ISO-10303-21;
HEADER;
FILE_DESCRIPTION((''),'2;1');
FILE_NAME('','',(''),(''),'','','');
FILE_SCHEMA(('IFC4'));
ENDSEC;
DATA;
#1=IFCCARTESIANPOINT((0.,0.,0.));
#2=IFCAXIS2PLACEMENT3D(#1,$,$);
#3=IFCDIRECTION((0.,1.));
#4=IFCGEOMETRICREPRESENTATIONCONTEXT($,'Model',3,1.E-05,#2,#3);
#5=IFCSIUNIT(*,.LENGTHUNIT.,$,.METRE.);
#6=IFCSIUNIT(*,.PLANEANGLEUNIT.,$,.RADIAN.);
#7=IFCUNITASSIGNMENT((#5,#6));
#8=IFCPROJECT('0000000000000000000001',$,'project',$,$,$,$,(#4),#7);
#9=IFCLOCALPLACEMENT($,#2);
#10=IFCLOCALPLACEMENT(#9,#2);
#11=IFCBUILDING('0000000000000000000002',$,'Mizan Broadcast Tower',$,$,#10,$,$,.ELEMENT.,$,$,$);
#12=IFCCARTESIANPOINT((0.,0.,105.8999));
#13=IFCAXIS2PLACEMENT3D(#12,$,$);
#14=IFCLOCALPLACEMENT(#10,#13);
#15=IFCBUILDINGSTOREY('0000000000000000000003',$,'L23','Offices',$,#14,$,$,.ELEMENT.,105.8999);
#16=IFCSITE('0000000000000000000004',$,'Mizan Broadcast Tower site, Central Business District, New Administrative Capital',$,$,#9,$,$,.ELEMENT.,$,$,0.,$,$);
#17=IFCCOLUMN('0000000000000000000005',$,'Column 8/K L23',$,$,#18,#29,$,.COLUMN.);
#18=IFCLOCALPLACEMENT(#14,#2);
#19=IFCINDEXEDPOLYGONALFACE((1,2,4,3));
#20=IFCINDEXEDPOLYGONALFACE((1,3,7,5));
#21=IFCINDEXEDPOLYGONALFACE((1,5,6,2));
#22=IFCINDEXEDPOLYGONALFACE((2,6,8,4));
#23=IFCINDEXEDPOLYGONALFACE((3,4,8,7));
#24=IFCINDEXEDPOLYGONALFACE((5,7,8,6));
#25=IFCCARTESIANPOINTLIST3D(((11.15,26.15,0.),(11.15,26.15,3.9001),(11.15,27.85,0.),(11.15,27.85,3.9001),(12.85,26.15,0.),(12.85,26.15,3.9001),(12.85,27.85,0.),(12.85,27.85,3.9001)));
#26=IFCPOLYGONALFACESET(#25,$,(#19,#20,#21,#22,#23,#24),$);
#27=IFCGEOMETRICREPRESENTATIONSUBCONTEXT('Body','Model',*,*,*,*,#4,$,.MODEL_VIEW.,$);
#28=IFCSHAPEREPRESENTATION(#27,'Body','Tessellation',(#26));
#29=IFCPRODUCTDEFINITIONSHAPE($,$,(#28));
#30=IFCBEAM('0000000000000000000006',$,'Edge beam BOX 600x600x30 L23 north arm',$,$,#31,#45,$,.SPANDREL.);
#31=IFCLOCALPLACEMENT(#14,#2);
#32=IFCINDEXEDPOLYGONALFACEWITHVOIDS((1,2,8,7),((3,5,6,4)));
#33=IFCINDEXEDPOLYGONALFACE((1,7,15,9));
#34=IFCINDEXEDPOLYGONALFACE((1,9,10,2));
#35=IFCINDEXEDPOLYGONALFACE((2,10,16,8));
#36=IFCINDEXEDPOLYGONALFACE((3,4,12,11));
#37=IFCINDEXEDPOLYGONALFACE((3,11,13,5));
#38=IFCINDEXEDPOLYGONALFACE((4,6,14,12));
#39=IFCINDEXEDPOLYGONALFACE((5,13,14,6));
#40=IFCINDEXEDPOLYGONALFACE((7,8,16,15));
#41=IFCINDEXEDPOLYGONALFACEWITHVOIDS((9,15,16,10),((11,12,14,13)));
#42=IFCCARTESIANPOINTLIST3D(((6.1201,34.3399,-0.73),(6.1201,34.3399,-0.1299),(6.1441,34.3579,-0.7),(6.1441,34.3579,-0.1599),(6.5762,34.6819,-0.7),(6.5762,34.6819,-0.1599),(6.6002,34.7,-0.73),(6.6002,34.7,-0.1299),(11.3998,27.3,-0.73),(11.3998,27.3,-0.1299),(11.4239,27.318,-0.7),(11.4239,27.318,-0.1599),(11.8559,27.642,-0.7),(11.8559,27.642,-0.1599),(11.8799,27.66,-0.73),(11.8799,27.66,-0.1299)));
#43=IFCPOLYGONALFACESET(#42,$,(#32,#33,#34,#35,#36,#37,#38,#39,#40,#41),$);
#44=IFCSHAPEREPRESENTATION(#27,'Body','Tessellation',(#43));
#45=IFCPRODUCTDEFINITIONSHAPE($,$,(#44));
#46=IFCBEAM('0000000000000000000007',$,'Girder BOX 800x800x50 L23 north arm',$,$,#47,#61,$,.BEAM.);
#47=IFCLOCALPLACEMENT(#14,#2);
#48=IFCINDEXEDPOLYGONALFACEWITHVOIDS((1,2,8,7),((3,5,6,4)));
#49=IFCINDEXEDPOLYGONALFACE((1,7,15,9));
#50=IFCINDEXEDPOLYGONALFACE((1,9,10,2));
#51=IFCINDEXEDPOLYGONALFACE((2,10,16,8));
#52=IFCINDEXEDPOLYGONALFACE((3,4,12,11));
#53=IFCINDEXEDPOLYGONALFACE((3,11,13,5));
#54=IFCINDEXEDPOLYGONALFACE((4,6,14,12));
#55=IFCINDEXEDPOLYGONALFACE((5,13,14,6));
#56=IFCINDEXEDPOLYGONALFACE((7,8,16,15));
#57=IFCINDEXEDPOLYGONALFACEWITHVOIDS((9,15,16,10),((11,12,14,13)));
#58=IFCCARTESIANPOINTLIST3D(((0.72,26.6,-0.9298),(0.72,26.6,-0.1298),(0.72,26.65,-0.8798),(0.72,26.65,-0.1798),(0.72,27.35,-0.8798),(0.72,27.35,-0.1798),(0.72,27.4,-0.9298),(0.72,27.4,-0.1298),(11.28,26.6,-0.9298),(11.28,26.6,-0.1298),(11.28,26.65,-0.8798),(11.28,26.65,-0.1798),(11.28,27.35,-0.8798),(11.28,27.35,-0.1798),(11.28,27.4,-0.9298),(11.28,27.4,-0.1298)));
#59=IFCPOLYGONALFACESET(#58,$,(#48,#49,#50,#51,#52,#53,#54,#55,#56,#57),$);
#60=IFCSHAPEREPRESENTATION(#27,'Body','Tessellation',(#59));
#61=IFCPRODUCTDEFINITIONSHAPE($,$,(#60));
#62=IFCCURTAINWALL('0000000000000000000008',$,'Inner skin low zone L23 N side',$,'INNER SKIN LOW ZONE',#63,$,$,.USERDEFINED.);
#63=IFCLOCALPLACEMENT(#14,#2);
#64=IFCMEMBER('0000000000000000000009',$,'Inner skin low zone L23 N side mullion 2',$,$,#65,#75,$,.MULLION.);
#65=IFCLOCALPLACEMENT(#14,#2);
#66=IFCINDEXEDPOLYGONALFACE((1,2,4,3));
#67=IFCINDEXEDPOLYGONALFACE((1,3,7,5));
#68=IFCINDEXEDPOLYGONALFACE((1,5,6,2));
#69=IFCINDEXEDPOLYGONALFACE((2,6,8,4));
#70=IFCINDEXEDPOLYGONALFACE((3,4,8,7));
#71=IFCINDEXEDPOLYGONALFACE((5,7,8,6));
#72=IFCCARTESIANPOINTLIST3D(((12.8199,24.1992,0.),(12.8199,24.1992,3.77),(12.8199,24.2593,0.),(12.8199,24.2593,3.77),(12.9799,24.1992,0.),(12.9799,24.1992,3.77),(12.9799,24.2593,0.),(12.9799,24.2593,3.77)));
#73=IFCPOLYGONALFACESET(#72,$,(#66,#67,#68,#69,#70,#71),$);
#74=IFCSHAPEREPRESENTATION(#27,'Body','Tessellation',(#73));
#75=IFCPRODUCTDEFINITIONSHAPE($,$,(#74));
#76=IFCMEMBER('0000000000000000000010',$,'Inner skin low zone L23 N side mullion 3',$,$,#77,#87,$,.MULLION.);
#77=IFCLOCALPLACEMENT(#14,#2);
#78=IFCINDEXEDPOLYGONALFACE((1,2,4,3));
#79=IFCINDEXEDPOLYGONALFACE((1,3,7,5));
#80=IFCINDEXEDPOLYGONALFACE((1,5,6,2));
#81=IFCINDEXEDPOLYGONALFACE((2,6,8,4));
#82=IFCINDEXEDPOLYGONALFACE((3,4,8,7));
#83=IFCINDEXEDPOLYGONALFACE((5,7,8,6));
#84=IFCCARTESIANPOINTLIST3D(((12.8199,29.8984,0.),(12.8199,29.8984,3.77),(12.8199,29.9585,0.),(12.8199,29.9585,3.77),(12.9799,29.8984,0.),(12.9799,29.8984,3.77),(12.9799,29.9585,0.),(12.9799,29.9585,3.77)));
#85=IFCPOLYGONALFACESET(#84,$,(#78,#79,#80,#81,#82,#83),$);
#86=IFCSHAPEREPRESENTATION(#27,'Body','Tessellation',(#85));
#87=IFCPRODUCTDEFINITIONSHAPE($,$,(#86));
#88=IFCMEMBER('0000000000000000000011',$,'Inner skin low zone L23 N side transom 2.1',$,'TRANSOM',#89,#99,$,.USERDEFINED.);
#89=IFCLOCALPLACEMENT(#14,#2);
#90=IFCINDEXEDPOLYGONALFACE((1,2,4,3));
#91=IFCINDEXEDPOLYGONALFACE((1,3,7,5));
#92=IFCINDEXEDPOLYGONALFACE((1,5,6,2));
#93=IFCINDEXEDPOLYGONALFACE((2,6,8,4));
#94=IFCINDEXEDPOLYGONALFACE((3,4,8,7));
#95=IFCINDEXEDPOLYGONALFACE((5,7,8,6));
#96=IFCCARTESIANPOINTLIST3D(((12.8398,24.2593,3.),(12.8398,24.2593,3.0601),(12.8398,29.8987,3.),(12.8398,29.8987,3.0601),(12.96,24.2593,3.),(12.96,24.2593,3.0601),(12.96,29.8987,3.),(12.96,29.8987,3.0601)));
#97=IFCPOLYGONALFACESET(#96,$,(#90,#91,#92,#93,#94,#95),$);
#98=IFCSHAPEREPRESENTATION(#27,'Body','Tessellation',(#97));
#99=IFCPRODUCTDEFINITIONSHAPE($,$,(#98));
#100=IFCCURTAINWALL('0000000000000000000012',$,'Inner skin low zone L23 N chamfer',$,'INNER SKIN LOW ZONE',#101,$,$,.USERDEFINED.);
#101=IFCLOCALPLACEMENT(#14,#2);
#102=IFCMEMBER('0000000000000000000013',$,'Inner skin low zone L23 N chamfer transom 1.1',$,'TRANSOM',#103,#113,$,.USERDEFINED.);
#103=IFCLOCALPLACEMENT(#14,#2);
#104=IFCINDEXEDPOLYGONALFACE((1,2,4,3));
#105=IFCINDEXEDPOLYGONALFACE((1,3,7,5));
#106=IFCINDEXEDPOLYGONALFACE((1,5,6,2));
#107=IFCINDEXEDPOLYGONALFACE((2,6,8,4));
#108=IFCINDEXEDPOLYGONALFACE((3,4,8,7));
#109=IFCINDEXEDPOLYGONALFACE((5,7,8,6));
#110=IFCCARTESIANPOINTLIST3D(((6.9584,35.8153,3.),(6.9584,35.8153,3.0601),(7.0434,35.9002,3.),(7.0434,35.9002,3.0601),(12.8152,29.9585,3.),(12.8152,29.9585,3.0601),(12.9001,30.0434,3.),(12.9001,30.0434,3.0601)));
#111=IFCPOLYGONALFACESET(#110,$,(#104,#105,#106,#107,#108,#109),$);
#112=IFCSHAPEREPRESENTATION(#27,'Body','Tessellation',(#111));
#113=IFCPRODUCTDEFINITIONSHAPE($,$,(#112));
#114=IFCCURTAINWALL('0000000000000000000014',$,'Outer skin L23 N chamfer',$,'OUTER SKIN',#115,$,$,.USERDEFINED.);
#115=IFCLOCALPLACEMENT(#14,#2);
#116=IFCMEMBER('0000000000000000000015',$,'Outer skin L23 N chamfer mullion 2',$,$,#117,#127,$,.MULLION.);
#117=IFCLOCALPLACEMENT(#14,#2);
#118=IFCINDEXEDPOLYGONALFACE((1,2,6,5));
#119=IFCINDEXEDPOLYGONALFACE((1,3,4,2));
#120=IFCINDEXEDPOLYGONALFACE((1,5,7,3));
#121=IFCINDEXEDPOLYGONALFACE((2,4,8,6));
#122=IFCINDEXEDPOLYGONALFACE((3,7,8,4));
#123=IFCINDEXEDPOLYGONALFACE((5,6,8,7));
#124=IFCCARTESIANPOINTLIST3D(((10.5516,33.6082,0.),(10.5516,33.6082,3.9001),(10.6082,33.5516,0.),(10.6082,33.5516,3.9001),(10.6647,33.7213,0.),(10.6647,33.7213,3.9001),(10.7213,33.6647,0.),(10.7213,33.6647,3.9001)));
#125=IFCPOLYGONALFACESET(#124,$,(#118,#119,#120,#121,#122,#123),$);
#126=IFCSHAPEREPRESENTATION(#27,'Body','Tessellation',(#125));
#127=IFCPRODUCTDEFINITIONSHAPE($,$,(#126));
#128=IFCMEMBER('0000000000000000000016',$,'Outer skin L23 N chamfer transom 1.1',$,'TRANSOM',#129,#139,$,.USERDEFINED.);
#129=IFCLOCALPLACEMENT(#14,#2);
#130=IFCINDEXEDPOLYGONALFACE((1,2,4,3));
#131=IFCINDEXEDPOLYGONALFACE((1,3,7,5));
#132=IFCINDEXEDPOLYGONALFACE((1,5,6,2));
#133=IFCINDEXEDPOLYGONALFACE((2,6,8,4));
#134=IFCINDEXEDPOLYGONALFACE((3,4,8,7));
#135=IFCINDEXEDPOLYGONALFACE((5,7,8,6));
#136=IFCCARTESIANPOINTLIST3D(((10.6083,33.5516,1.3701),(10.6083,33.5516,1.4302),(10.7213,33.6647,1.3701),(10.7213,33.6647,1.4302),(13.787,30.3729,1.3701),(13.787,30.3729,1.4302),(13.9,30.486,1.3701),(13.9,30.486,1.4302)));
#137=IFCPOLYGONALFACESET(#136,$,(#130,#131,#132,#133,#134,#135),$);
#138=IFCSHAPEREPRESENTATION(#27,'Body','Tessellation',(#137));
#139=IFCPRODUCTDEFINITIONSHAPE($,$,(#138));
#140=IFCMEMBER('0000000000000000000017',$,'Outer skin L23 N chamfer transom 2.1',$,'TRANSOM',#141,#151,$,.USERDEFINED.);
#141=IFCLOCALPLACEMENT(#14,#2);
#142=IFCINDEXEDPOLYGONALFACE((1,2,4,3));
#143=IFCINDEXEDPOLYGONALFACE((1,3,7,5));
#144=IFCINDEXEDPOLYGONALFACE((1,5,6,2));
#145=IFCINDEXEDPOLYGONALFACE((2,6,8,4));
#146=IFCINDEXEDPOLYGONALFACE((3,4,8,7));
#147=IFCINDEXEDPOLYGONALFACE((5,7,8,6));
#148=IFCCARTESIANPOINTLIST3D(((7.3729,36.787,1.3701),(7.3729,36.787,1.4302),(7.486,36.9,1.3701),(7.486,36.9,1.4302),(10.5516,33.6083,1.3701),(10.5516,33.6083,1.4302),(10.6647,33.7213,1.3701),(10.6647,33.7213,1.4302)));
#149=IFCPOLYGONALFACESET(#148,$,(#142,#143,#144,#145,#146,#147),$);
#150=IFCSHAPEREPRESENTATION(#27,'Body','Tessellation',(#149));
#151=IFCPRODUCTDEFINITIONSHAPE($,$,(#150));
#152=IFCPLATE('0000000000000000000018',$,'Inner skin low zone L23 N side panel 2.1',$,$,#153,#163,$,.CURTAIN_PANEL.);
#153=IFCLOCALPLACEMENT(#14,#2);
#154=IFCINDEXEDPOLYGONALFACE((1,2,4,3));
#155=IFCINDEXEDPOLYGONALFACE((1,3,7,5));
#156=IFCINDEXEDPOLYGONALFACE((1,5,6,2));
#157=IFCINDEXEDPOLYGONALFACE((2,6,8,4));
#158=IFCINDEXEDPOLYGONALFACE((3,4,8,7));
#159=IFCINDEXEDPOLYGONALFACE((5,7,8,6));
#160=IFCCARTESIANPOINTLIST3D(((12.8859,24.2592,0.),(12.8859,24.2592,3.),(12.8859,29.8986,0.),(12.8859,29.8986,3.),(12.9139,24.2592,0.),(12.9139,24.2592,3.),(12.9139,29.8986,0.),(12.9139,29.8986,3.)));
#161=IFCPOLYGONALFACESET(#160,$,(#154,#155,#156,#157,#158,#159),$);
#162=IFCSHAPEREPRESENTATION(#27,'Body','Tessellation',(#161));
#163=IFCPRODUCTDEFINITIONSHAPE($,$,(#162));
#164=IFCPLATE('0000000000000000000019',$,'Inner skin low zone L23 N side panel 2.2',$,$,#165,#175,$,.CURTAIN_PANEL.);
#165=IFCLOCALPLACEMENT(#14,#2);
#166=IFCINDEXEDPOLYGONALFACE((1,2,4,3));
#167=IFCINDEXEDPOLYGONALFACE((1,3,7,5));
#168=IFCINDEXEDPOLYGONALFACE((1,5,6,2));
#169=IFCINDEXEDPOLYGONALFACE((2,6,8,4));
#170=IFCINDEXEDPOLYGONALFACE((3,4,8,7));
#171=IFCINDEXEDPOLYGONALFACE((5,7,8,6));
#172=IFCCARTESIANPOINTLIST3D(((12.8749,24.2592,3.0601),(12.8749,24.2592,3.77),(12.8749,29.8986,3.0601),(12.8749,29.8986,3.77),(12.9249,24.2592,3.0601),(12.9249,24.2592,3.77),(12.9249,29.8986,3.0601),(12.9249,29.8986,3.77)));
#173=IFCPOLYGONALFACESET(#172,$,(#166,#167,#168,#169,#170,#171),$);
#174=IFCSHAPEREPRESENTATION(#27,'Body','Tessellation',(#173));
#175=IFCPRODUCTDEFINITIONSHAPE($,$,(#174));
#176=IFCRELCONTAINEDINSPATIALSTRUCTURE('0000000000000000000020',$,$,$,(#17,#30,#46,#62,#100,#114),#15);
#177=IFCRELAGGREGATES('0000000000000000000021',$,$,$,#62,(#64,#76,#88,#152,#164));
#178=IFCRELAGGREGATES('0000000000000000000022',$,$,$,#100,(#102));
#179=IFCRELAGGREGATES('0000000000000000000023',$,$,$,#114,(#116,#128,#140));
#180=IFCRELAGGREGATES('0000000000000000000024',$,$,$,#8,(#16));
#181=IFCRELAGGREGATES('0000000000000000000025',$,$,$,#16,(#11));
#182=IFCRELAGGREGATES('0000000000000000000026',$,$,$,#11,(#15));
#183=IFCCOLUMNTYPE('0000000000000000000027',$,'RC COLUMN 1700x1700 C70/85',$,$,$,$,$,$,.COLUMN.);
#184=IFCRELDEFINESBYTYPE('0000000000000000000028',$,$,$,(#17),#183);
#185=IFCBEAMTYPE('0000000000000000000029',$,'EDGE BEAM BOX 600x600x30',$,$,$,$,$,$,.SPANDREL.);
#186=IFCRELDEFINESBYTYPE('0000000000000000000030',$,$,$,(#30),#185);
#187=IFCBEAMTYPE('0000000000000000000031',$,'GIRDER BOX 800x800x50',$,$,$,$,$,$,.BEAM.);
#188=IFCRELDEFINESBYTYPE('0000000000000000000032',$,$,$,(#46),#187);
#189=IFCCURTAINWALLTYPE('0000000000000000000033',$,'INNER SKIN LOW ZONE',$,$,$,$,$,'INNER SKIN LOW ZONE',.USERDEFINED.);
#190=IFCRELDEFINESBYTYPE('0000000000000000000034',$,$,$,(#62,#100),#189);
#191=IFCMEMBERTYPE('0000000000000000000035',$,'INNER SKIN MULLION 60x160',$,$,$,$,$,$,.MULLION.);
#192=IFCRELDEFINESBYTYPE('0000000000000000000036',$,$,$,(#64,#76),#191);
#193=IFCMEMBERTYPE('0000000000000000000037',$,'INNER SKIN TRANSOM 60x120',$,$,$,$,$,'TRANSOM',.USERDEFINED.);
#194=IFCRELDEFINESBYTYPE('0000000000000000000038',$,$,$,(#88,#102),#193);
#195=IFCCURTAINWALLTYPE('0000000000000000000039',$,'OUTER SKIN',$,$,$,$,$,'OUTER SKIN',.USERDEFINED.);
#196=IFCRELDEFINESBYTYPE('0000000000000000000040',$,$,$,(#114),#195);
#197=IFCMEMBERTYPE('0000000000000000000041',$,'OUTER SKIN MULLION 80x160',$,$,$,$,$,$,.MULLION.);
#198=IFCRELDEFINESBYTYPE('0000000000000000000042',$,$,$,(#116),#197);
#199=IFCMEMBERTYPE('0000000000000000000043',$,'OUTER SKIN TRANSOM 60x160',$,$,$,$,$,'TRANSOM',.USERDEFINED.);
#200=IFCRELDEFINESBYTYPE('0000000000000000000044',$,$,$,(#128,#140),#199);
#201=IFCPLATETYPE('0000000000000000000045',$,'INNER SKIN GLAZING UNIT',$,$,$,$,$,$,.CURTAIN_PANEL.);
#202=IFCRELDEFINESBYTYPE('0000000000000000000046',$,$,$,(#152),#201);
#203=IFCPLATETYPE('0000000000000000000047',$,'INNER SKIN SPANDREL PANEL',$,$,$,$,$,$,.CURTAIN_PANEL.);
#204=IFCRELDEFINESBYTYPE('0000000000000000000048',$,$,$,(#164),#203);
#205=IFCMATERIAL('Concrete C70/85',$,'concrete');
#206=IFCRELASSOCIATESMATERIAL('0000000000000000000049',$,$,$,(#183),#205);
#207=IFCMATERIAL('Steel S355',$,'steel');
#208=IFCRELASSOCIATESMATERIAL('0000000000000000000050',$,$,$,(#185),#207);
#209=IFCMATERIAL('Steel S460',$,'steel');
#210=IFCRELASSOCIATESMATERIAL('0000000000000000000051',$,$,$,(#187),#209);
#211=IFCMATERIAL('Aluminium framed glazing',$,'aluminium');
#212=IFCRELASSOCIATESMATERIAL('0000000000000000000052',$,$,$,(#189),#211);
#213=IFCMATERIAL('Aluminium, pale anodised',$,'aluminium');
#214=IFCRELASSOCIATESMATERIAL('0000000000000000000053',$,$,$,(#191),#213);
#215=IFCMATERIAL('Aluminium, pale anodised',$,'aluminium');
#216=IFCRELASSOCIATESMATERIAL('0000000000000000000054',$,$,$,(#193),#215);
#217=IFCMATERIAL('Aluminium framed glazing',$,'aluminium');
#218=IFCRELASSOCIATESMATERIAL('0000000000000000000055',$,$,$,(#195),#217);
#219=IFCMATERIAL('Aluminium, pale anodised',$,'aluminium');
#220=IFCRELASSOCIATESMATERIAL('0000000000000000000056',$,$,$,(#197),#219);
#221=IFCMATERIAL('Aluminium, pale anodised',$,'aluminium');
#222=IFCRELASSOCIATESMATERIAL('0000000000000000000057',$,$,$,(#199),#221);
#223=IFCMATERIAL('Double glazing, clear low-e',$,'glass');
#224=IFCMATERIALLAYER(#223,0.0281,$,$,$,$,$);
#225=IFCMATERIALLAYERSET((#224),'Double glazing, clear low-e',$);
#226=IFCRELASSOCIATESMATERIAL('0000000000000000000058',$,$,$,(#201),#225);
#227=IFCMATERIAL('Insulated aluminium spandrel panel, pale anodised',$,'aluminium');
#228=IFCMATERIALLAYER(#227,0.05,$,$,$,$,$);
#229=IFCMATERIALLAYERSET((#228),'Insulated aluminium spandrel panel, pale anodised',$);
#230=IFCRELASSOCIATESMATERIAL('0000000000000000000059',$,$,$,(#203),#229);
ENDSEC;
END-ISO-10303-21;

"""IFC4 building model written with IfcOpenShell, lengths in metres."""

from ifc_helpers import new_model, si_unit, direction, frame, origin, origin_2d, place, context, subcontext, project, spatial, rectangle, hollow_rectangle, extrude, material, layer, layer_set, material_profile, profile_set, type_object, element, aggregate, save


model = new_model("IFC4")

# Units and contexts
model_context = context("Model", 3, precision=1e-05, world=origin(), true_north=direction((0.0, 1.0)))
body_context = subcontext(model_context, "Body", "Model", "MODEL_VIEW")
ifc_project = project(units=[si_unit("LENGTHUNIT", "METRE"), si_unit("PLANEANGLEUNIT", "RADIAN")], contexts=[model_context])

# Site, building, storey
site_placement = place(None, origin())
site = spatial("IfcSite", under=ifc_project, at=site_placement, Name="Mizan Broadcast Tower site, Central Business District, New Administrative Capital", CompositionType="ELEMENT", RefElevation=0.0)
building_placement = place(site_placement, origin())
building = spatial("IfcBuilding", under=site, at=building_placement, Name="Mizan Broadcast Tower", CompositionType="ELEMENT")
storey_placement = place(building_placement, frame((0.0, 0.0, 105.8999)))
storey = spatial("IfcBuildingStorey", under=building, at=storey_placement, Name="L23", Description="Offices", CompositionType="ELEMENT", Elevation=105.8999)

# Column
ifc_material_1 = material(Name="Concrete C70/85", Category="concrete")
ifc_material_profile_1 = material_profile(ifc_material_1, rectangle(XDim=1.7, YDim=1.7, at=origin_2d()), Name="RC 1700x1700")
ifc_profile_set_1 = profile_set([ifc_material_profile_1], Name="Concrete C70/85")
column_type = type_object("IfcColumnType", Name="RC COLUMN 1700x1700 C70/85", PredefinedType="COLUMN", material=ifc_profile_set_1)
column_placement = place(storey_placement, frame((12.0, 27.0, 0.0), z_axis=(0.0, 0.0, 1.0), x_axis=(1.0, 0.0, 0.0)))
element("IfcColumn", 1, at=column_placement, inside=storey, type_object=column_type, Name="Column 8/K L23", PredefinedType="COLUMN", context=body_context, shape_type="SweptSolid", body=[
    extrude(rectangle(XDim=1.7, YDim=1.7, at=origin_2d()), origin(), (0.0, 0.0, 1.0), 3.9001),
])

# Beams
ifc_material_2 = material(Name="Steel S355", Category="steel")
ifc_material_profile_2 = material_profile(ifc_material_2, hollow_rectangle(XDim=0.6001, YDim=0.6001, WallThickness=0.03, at=origin_2d()), Name="BOX 600x600x30")
ifc_profile_set_2 = profile_set([ifc_material_profile_2], Name="Steel S355")
beam_type_1 = type_object("IfcBeamType", Name="EDGE BEAM BOX 600x600x30", PredefinedType="SPANDREL", material=ifc_profile_set_2)
beam_1_placement = place(storey_placement, frame((11.6399, 27.48, -0.4299), z_axis=(-0.599982, 0.800013, 0.0), x_axis=(-0.800013, -0.599982, 0.0)))
element("IfcBeam", 2, at=beam_1_placement, inside=storey, type_object=beam_type_1, Name="Edge beam BOX 600x600x30 L23 north arm", PredefinedType="SPANDREL", context=body_context, shape_type="SweptSolid", body=[
    extrude(hollow_rectangle(XDim=0.6001, YDim=0.6001, WallThickness=0.03, at=origin_2d()), origin(), (0.0, 0.0, 1.0), 8.7998),
])
ifc_material_3 = material(Name="Steel S460", Category="steel")
ifc_material_profile_3 = material_profile(ifc_material_3, hollow_rectangle(XDim=0.8, YDim=0.8, WallThickness=0.05, at=origin_2d()), Name="BOX 800x800x50")
ifc_profile_set_3 = profile_set([ifc_material_profile_3], Name="Steel S460")
beam_type_2 = type_object("IfcBeamType", Name="GIRDER BOX 800x800x50", PredefinedType="BEAM", material=ifc_profile_set_3)
beam_2_placement = place(storey_placement, frame((11.28, 27.0, -0.5298), z_axis=(-1.0, 0.0, 0.0), x_axis=(0.0, -1.0, 0.0)))
element("IfcBeam", 3, at=beam_2_placement, inside=storey, type_object=beam_type_2, Name="Girder BOX 800x800x50 L23 north arm", PredefinedType="BEAM", context=body_context, shape_type="SweptSolid", body=[
    extrude(hollow_rectangle(XDim=0.8, YDim=0.8, WallThickness=0.05, at=origin_2d()), origin(), (0.0, 0.0, 1.0), 10.5601),
])

# Curtain wall, members
ifc_material_4 = material(Name="Aluminium framed glazing", Category="aluminium")
curtain_wall_type_1 = type_object("IfcCurtainWallType", Name="INNER SKIN LOW ZONE", ElementType="INNER SKIN LOW ZONE", PredefinedType="USERDEFINED", material=ifc_material_4)
curtain_wall_1_placement = place(storey_placement, origin())
curtain_wall_1 = element("IfcCurtainWall", 4, at=curtain_wall_1_placement, inside=storey, type_object=curtain_wall_type_1, Name="Inner skin low zone L23 N side", ObjectType="INNER SKIN LOW ZONE", PredefinedType="USERDEFINED")
ifc_material_5 = material(Name="Aluminium, pale anodised", Category="aluminium")
ifc_material_profile_4 = material_profile(ifc_material_5, rectangle(XDim=0.1599, YDim=0.0601, at=origin_2d()), Name="MULLION 160x60")
ifc_profile_set_4 = profile_set([ifc_material_profile_4], Name="Aluminium, pale anodised")
member_type_1 = type_object("IfcMemberType", Name="INNER SKIN MULLION 60x160", PredefinedType="MULLION", material=ifc_profile_set_4)
member_1_placement = place(storey_placement, frame((12.8999, 24.2292, 0.0), z_axis=(0.0, 0.0, 1.0), x_axis=(-1.0, 0.0, 0.0)))
member_1 = element("IfcMember", 5, at=member_1_placement, type_object=member_type_1, Name="Inner skin low zone L23 N side mullion 2", PredefinedType="MULLION", context=body_context, shape_type="SweptSolid", body=[
    extrude(rectangle(XDim=0.1599, YDim=0.0601, at=origin_2d()), origin(), (0.0, 0.0, 1.0), 3.77),
])
member_2_placement = place(storey_placement, frame((12.8999, 29.9285, 0.0), z_axis=(0.0, 0.0, 1.0), x_axis=(-1.0, 0.0, 0.0)))
member_2 = element("IfcMember", 6, at=member_2_placement, type_object=member_type_1, Name="Inner skin low zone L23 N side mullion 3", PredefinedType="MULLION", context=body_context, shape_type="SweptSolid", body=[
    extrude(rectangle(XDim=0.1599, YDim=0.0601, at=origin_2d()), origin(), (0.0, 0.0, 1.0), 3.77),
])
ifc_material_6 = material(Name="Aluminium, pale anodised", Category="aluminium")
ifc_material_profile_5 = material_profile(ifc_material_6, rectangle(XDim=0.1201, YDim=0.0601, at=origin_2d()), Name="TRANSOM 120x60")
ifc_profile_set_5 = profile_set([ifc_material_profile_5], Name="Aluminium, pale anodised")
member_type_2 = type_object("IfcMemberType", Name="INNER SKIN TRANSOM 60x120", ElementType="TRANSOM", PredefinedType="USERDEFINED", material=ifc_profile_set_5)
member_3_placement = place(storey_placement, frame((12.8999, 24.2593, 3.03), z_axis=(0.0, 1.0, 0.0), x_axis=(-1.0, 0.0, 0.0)))
member_3 = element("IfcMember", 7, at=member_3_placement, type_object=member_type_2, Name="Inner skin low zone L23 N side transom 2.1", ObjectType="TRANSOM", PredefinedType="USERDEFINED", context=body_context, shape_type="SweptSolid", body=[
    extrude(rectangle(XDim=0.1201, YDim=0.0601, at=origin_2d()), origin(), (0.0, 0.0, 1.0), 5.6394),
])

# Curtain wall, member
curtain_wall_2_placement = place(storey_placement, origin())
curtain_wall_2 = element("IfcCurtainWall", 8, at=curtain_wall_2_placement, inside=storey, type_object=curtain_wall_type_1, Name="Inner skin low zone L23 N chamfer", ObjectType="INNER SKIN LOW ZONE", PredefinedType="USERDEFINED")
member_4_placement = place(storey_placement, frame((12.8577, 30.001, 3.03), z_axis=(-0.707107, 0.707107, 0.0), x_axis=(-0.707107, -0.707107, 0.0)))
member_4 = element("IfcMember", 9, at=member_4_placement, type_object=member_type_2, Name="Inner skin low zone L23 N chamfer transom 1.1", ObjectType="TRANSOM", PredefinedType="USERDEFINED", context=body_context, shape_type="SweptSolid", body=[
    extrude(rectangle(XDim=0.1201, YDim=0.0601, at=origin_2d()), origin(), (0.0, 0.0, 1.0), 8.2827),
])

# Curtain wall, members
ifc_material_7 = material(Name="Aluminium framed glazing", Category="aluminium")
curtain_wall_type_2 = type_object("IfcCurtainWallType", Name="OUTER SKIN", ElementType="OUTER SKIN", PredefinedType="USERDEFINED", material=ifc_material_7)
curtain_wall_3_placement = place(storey_placement, origin())
curtain_wall_3 = element("IfcCurtainWall", 10, at=curtain_wall_3_placement, inside=storey, type_object=curtain_wall_type_2, Name="Outer skin L23 N chamfer", ObjectType="OUTER SKIN", PredefinedType="USERDEFINED")
ifc_material_8 = material(Name="Aluminium, pale anodised", Category="aluminium")
ifc_material_profile_6 = material_profile(ifc_material_8, rectangle(XDim=0.1599, YDim=0.0801, at=origin_2d()), Name="MULLION 160x80")
ifc_profile_set_6 = profile_set([ifc_material_profile_6], Name="Aluminium, pale anodised")
member_type_3 = type_object("IfcMemberType", Name="OUTER SKIN MULLION 80x160", PredefinedType="MULLION", material=ifc_profile_set_6)
member_5_placement = place(storey_placement, frame((10.6365, 33.6365, 0.0), z_axis=(0.0, 0.0, 1.0), x_axis=(-0.707107, -0.707107, 0.0)))
member_5 = element("IfcMember", 11, at=member_5_placement, type_object=member_type_3, Name="Outer skin L23 N chamfer mullion 2", PredefinedType="MULLION", context=body_context, shape_type="SweptSolid", body=[
    extrude(rectangle(XDim=0.1599, YDim=0.0801, at=origin_2d()), origin(), (0.0, 0.0, 1.0), 3.9001),
])
ifc_material_9 = material(Name="Aluminium, pale anodised", Category="aluminium")
ifc_material_profile_7 = material_profile(ifc_material_9, rectangle(XDim=0.1599, YDim=0.0601, at=origin_2d()), Name="TRANSOM 160x60")
ifc_profile_set_7 = profile_set([ifc_material_profile_7], Name="Aluminium, pale anodised")
member_type_4 = type_object("IfcMemberType", Name="OUTER SKIN TRANSOM 60x160", ElementType="TRANSOM", PredefinedType="USERDEFINED", material=ifc_profile_set_7)
member_6_placement = place(storey_placement, frame((13.8435, 30.4294, 1.4001), z_axis=(-0.707107, 0.707107, 0.0), x_axis=(-0.707107, -0.707107, 0.0)))
member_6 = element("IfcMember", 12, at=member_6_placement, type_object=member_type_4, Name="Outer skin L23 N chamfer transom 1.1", ObjectType="TRANSOM", PredefinedType="USERDEFINED", context=body_context, shape_type="SweptSolid", body=[
    extrude(rectangle(XDim=0.1599, YDim=0.0601, at=origin_2d()), origin(), (0.0, 0.0, 1.0), 4.4954),
])
member_7_placement = place(storey_placement, frame((10.6082, 33.6648, 1.4001), z_axis=(-0.707107, 0.707107, 0.0), x_axis=(-0.707107, -0.707107, 0.0)))
member_7 = element("IfcMember", 13, at=member_7_placement, type_object=member_type_4, Name="Outer skin L23 N chamfer transom 2.1", ObjectType="TRANSOM", PredefinedType="USERDEFINED", context=body_context, shape_type="SweptSolid", body=[
    extrude(rectangle(XDim=0.1599, YDim=0.0601, at=origin_2d()), origin(), (0.0, 0.0, 1.0), 4.4954),
])

# Plates
ifc_material_10 = material(Name="Double glazing, clear low-e", Category="glass")
ifc_layer_1 = layer(ifc_material_10, 0.0281)
ifc_layer_set_1 = layer_set([ifc_layer_1], Name="Double glazing, clear low-e")
plate_type_1 = type_object("IfcPlateType", Name="INNER SKIN GLAZING UNIT", PredefinedType="CURTAIN_PANEL", material=ifc_layer_set_1)
plate_1_placement = place(storey_placement, frame((12.8999, 27.0789, 0.0), z_axis=(0.0, 0.0, 1.0), x_axis=(0.0, 1.0, 0.0)))
plate_1 = element("IfcPlate", 14, at=plate_1_placement, type_object=plate_type_1, Name="Inner skin low zone L23 N side panel 2.1", PredefinedType="CURTAIN_PANEL", context=body_context, shape_type="SweptSolid", body=[
    extrude(rectangle(XDim=5.6394, YDim=0.0281, at=origin_2d()), origin(), (0.0, 0.0, 1.0), 3.0),
])
ifc_material_11 = material(Name="Insulated aluminium spandrel panel, pale anodised", Category="aluminium")
ifc_layer_2 = layer(ifc_material_11, 0.05)
ifc_layer_set_2 = layer_set([ifc_layer_2], Name="Insulated aluminium spandrel panel, pale anodised")
plate_type_2 = type_object("IfcPlateType", Name="INNER SKIN SPANDREL PANEL", PredefinedType="CURTAIN_PANEL", material=ifc_layer_set_2)
plate_2_placement = place(storey_placement, frame((12.8999, 27.0789, 3.0601), z_axis=(0.0, 0.0, 1.0), x_axis=(0.0, 1.0, 0.0)))
plate_2 = element("IfcPlate", 15, at=plate_2_placement, type_object=plate_type_2, Name="Inner skin low zone L23 N side panel 2.2", PredefinedType="CURTAIN_PANEL", context=body_context, shape_type="SweptSolid", body=[
    extrude(rectangle(XDim=5.6394, YDim=0.05, at=origin_2d()), origin(), (0.0, 0.0, 1.0), 0.71),
])
aggregate(curtain_wall_1, [member_1, member_2, member_3, plate_1, plate_2])
aggregate(curtain_wall_2, [member_4])
aggregate(curtain_wall_3, [member_5, member_6, member_7])

save(model, "model.ifc")
